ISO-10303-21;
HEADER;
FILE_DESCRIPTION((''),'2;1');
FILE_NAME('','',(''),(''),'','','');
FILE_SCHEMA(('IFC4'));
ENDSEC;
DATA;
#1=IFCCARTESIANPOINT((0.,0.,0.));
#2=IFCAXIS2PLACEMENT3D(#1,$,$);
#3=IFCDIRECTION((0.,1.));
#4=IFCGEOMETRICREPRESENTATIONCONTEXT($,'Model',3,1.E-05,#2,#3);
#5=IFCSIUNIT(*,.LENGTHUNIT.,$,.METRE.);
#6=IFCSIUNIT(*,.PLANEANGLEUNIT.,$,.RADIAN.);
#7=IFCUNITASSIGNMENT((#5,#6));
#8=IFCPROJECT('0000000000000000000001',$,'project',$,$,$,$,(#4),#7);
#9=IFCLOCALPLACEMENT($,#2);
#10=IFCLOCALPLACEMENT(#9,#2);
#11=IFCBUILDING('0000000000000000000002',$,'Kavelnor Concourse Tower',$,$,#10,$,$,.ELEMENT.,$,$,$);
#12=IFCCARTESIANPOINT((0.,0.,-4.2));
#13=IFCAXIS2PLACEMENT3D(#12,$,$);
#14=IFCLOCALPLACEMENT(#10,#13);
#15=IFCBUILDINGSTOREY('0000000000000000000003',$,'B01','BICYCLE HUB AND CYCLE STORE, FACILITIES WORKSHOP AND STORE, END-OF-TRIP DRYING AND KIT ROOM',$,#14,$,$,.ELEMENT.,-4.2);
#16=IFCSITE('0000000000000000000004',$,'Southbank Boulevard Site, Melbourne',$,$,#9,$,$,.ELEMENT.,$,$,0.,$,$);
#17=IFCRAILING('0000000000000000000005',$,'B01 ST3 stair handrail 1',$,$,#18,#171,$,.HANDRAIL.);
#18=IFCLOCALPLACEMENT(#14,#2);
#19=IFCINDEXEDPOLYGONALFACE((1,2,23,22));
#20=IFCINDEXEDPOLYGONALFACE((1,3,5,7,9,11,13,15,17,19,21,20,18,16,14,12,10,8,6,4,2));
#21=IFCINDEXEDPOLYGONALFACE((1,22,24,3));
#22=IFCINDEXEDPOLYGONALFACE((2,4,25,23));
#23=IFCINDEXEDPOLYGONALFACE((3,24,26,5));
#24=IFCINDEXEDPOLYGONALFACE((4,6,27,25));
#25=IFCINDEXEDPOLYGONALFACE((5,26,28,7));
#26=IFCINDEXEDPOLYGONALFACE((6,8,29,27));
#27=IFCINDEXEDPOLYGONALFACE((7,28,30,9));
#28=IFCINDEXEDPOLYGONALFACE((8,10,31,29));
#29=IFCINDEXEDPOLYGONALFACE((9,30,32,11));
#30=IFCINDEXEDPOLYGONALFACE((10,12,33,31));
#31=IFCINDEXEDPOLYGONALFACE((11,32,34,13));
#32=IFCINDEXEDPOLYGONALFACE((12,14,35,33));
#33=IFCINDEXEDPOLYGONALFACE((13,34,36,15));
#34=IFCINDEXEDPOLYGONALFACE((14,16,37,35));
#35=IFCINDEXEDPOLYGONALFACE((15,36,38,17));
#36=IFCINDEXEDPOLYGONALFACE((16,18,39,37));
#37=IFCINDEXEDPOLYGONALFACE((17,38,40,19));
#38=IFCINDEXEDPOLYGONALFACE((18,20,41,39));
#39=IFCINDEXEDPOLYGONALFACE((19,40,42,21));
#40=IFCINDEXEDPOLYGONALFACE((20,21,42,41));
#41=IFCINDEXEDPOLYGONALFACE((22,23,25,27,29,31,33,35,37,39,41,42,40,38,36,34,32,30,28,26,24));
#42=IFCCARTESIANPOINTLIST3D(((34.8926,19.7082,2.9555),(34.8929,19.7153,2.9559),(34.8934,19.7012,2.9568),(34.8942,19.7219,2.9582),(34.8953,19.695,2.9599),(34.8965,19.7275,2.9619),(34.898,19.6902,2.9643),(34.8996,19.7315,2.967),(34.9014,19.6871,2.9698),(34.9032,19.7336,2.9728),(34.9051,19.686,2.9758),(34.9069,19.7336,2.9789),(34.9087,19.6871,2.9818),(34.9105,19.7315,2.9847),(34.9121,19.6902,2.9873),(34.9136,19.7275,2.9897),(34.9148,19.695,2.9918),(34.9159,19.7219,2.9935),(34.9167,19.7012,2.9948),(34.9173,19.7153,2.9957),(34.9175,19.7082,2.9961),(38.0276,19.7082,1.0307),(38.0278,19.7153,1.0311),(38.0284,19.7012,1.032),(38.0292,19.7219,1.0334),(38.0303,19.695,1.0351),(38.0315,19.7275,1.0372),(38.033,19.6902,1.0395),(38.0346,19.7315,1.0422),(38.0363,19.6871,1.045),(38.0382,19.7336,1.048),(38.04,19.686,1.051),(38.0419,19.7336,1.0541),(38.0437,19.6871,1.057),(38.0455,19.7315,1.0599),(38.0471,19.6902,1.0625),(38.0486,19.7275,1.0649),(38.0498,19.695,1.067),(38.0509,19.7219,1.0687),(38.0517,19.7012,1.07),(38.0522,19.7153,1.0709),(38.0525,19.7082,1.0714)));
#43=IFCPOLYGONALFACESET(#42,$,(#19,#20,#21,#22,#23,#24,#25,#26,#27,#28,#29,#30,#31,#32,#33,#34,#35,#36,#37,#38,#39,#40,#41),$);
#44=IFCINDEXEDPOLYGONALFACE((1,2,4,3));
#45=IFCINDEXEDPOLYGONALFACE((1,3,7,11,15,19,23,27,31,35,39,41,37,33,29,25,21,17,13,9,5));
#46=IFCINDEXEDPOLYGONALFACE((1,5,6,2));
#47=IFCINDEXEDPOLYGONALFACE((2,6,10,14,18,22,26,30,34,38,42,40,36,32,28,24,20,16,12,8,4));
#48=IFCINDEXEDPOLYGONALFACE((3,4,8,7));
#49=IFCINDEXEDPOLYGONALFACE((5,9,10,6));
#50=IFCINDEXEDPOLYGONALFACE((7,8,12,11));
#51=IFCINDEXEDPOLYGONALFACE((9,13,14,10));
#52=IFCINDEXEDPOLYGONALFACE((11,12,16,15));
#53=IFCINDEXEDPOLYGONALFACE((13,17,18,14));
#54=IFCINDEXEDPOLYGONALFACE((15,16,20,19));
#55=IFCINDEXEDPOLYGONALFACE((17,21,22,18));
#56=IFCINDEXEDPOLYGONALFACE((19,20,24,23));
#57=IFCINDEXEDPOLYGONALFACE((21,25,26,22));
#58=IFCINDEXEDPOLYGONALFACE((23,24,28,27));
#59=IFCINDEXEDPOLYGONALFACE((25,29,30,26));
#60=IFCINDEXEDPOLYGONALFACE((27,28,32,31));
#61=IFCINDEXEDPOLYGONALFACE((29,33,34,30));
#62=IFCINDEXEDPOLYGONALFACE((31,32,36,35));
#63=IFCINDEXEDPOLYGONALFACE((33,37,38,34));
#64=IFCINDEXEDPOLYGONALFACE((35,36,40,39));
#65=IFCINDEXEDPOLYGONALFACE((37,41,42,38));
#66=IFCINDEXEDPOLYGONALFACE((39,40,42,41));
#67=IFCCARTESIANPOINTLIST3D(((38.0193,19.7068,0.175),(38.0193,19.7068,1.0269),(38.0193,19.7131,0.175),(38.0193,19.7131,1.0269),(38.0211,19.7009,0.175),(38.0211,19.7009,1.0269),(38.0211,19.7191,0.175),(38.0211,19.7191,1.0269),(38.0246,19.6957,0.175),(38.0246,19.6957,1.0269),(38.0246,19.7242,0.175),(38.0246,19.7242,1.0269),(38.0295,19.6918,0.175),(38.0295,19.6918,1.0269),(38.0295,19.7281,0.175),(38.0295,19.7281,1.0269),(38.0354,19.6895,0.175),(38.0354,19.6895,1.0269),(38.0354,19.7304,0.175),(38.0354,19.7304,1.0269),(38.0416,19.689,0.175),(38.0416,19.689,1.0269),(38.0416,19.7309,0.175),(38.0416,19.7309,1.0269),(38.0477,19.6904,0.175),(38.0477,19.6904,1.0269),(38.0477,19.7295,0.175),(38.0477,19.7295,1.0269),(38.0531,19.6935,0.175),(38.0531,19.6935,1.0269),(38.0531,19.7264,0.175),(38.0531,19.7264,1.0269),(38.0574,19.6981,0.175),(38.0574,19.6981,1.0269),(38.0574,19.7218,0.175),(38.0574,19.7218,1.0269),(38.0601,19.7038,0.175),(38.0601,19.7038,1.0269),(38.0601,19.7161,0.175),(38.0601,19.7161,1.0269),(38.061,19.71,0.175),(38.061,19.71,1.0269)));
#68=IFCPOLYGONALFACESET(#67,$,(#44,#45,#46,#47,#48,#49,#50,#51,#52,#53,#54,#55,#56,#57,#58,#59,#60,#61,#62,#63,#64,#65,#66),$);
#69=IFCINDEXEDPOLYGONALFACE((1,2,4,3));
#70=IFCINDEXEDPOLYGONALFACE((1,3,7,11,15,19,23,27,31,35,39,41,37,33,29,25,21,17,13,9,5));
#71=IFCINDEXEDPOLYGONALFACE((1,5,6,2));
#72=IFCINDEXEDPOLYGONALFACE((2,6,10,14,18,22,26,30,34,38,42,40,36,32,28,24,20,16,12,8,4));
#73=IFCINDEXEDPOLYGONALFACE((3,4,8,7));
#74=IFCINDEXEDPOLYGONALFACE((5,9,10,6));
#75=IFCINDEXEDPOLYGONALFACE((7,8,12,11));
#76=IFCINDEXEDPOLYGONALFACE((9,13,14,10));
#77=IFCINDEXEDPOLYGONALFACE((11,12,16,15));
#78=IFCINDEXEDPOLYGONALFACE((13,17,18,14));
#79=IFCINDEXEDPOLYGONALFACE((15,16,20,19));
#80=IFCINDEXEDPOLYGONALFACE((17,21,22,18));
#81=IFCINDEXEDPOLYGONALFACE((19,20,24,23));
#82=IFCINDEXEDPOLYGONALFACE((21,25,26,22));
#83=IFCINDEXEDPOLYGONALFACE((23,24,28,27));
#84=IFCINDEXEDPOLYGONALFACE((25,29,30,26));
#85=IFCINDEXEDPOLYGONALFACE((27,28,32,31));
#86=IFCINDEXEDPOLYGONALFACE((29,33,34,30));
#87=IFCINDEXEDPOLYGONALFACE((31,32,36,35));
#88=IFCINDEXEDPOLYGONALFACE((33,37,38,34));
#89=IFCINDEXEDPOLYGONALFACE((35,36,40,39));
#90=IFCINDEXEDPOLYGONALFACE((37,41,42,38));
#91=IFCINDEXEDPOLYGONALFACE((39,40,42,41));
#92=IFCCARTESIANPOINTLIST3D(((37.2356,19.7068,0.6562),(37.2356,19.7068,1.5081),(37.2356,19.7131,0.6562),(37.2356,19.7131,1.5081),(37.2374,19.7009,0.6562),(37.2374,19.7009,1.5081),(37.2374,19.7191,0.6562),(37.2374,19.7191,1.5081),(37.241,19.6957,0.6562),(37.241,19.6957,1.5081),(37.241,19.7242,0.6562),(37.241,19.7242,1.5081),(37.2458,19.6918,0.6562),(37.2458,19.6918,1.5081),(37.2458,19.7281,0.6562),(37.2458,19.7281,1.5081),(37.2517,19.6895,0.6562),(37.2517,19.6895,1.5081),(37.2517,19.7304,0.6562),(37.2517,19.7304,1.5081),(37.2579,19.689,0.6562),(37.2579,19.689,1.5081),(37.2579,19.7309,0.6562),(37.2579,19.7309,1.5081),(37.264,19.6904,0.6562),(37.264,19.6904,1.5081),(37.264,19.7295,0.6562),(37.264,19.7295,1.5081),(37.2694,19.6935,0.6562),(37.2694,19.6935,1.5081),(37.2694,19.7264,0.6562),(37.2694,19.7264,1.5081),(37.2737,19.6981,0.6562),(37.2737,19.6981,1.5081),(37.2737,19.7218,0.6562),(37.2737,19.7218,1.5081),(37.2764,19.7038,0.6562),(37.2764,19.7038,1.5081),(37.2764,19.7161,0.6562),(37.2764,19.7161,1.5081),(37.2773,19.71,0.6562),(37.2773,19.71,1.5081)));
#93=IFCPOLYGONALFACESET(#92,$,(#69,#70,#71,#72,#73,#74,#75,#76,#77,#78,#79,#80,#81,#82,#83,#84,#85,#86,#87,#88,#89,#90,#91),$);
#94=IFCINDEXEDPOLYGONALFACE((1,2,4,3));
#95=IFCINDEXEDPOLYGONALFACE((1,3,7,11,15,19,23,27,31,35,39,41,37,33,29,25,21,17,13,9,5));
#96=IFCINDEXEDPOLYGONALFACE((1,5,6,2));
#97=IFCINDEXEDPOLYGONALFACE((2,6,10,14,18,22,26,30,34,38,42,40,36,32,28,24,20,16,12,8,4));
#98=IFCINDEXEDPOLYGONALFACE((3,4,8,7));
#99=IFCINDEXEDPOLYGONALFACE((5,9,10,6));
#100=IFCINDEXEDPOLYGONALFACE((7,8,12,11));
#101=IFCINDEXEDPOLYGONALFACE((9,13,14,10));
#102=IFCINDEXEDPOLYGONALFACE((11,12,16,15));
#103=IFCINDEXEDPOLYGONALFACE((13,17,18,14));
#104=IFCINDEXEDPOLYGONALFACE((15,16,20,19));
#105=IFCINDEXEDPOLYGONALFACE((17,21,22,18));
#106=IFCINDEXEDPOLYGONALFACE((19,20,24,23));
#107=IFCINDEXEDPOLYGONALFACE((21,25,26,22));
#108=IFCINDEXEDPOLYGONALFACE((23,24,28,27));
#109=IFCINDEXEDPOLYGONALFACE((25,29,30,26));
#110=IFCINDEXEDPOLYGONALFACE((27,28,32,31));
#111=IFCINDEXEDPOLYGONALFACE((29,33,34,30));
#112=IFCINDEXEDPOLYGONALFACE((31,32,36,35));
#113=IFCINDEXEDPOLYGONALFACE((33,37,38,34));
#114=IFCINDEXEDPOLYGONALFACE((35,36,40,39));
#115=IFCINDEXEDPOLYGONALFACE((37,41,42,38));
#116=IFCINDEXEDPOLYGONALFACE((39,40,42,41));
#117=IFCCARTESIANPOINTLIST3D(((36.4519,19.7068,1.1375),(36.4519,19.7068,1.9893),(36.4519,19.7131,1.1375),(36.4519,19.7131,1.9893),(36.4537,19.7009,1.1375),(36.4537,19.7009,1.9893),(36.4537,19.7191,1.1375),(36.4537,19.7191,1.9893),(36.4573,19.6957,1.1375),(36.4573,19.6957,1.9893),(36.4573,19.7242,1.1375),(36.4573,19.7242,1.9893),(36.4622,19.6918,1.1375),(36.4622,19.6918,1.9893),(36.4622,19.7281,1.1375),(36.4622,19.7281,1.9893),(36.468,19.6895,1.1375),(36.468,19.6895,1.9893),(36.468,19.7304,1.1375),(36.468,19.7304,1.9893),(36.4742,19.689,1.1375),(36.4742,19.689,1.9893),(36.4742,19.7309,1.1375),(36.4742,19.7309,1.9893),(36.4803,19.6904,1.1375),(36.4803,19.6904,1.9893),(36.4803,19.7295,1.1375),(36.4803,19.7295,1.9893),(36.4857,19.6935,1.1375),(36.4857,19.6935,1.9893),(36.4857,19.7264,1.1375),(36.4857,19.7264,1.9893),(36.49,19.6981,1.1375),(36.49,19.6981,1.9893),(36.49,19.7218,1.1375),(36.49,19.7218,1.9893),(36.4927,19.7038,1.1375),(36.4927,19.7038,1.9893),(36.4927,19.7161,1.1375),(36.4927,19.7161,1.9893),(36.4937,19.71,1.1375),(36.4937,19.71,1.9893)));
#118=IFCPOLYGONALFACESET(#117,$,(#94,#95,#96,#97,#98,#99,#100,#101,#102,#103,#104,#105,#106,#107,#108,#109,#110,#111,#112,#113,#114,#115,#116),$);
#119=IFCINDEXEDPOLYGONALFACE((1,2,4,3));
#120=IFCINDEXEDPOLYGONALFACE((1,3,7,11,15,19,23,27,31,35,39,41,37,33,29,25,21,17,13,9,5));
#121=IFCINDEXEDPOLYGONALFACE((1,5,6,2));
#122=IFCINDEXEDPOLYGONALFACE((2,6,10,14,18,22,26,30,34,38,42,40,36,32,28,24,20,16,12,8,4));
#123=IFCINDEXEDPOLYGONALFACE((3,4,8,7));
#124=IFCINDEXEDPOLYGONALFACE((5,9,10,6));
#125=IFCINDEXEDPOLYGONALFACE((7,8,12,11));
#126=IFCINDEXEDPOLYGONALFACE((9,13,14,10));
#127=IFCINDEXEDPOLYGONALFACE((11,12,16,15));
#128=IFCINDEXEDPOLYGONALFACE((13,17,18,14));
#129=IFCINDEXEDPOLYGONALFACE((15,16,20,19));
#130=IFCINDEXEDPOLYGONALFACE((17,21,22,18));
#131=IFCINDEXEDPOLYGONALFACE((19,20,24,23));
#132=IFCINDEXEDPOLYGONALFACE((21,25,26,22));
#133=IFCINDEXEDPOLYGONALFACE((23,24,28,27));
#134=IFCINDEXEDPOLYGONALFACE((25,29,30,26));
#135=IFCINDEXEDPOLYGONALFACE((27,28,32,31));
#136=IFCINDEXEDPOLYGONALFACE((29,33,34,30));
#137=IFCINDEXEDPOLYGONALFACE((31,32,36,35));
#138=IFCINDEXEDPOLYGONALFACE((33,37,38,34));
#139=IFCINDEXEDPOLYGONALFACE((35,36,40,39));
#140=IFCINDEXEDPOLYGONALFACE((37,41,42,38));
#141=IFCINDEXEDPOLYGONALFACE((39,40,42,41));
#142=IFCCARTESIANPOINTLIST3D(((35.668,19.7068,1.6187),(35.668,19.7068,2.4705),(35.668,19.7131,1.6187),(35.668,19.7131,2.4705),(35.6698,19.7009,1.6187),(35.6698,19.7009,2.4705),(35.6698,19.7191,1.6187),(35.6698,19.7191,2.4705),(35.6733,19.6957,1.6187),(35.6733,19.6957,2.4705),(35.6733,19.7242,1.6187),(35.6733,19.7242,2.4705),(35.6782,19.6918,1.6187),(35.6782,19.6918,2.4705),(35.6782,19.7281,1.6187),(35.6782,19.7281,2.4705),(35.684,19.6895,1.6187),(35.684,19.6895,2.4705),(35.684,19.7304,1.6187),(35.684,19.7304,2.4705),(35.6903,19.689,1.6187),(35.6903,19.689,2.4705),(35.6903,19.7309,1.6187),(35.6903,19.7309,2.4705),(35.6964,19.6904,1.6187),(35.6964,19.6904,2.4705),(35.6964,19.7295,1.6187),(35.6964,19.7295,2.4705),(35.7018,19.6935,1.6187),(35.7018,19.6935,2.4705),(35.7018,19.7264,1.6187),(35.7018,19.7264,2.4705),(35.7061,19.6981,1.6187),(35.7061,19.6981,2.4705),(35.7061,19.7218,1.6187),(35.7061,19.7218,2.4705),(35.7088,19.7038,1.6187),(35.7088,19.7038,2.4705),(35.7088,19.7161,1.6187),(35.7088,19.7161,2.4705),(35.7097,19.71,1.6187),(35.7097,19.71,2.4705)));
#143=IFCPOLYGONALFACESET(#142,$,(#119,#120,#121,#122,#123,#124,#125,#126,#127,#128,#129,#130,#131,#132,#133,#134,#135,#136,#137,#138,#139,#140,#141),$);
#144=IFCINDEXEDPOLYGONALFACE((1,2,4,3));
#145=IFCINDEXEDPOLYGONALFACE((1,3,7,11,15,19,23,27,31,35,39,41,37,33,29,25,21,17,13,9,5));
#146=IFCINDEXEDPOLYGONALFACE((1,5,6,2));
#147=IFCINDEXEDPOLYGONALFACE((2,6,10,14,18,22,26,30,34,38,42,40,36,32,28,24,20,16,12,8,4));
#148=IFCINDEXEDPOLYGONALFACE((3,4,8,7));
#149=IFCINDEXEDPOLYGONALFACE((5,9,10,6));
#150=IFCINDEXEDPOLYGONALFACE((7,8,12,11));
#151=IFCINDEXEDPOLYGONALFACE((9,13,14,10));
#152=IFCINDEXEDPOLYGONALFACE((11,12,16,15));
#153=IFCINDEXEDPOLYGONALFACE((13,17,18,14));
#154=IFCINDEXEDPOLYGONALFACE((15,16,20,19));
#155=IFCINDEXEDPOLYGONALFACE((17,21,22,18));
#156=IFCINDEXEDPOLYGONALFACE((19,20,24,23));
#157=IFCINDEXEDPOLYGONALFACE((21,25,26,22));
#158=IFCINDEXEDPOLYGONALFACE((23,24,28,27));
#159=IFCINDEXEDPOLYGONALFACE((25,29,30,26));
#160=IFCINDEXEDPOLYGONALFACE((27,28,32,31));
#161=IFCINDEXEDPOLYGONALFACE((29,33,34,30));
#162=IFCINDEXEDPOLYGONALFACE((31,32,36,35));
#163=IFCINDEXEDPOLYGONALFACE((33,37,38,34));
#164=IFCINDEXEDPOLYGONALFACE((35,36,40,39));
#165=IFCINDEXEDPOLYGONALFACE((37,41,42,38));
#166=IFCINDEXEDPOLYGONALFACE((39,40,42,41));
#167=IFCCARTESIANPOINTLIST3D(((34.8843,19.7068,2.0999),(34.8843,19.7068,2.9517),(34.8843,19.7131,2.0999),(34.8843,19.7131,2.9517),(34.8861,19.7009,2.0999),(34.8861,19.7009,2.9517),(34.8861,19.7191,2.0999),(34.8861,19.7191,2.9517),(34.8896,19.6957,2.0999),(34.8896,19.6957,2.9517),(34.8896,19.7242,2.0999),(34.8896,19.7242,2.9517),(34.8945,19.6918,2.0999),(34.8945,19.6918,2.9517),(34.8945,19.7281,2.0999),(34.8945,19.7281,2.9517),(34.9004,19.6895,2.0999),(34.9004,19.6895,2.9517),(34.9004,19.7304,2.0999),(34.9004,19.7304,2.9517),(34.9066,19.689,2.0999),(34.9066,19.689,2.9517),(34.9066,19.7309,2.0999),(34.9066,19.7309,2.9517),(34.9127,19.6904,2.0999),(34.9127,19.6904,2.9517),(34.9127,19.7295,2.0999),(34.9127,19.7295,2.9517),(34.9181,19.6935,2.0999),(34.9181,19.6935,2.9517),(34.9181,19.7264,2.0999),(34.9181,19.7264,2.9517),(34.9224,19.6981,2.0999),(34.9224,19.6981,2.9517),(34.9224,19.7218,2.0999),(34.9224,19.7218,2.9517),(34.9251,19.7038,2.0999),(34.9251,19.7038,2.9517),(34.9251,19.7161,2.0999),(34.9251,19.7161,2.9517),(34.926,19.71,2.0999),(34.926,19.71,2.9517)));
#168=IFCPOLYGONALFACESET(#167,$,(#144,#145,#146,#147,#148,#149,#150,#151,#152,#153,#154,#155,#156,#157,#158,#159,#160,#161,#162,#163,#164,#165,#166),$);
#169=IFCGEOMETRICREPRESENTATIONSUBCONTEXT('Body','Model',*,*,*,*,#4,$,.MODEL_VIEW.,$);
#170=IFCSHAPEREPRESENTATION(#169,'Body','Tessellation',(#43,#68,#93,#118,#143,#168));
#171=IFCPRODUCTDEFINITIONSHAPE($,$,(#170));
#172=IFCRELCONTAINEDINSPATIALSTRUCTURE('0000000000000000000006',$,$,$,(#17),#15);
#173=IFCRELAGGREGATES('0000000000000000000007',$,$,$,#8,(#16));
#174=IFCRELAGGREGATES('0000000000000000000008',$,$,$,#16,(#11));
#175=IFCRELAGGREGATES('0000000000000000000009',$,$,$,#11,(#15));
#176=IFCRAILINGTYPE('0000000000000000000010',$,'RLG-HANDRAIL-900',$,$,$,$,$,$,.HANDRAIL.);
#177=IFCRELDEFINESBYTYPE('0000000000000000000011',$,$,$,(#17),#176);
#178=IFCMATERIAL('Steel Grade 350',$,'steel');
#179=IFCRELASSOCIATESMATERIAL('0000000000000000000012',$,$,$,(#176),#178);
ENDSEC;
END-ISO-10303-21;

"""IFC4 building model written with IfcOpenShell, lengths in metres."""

from ifc_helpers import new_model, si_unit, direction, frame, origin, origin_2d, place, context, subcontext, project, spatial, circle, extrude, material, type_object, element, save


model = new_model("IFC4")

# Units and contexts
model_context = context("Model", 3, precision=1e-05, world=origin(), true_north=direction((0.0, 1.0)))
body_context = subcontext(model_context, "Body", "Model", "MODEL_VIEW")
ifc_project = project(units=[si_unit("LENGTHUNIT", "METRE"), si_unit("PLANEANGLEUNIT", "RADIAN")], contexts=[model_context])

# Site, building, storey
site_placement = place(None, origin())
site = spatial("IfcSite", under=ifc_project, at=site_placement, Name="Southbank Boulevard Site, Melbourne", CompositionType="ELEMENT", RefElevation=0.0)
building_placement = place(site_placement, origin())
building = spatial("IfcBuilding", under=site, at=building_placement, Name="Kavelnor Concourse Tower", CompositionType="ELEMENT")
storey_placement = place(building_placement, frame((0.0, 0.0, -4.2)))
storey = spatial("IfcBuildingStorey", under=building, at=storey_placement, Name="B01", Description="BICYCLE HUB AND CYCLE STORE, FACILITIES WORKSHOP AND STORE, END-OF-TRIP DRYING AND KIT ROOM", CompositionType="ELEMENT", Elevation=-4.2)

# Shared definitions
ifc_material_1 = material(Name="Steel Grade 350", Category="steel")

# Railing
railing_type_1 = type_object("IfcRailingType", Name="RLG-HANDRAIL-900", PredefinedType="HANDRAIL", material=ifc_material_1)
railing_1_placement = place(storey_placement, frame((38.04, 19.71, 0.175)))
element("IfcRailing", 1, at=railing_1_placement, inside=storey, type_object=railing_type_1, Name="B01 ST3 stair handrail 1", PredefinedType="HANDRAIL", context=body_context, shape_type="SweptSolid", body=[
    extrude(circle(Radius=0.0239, at=origin_2d()), frame((0.0, 0.0, 0.876), z_axis=(-0.852196, 0.0, 0.523223), x_axis=(0.0, -1.0, 0.0)), (0.0, 0.0, 1.0), 3.6787),
    extrude(circle(Radius=0.021, at=origin_2d()), origin(), (0.0, 0.0, 1.0), 0.8518),
    extrude(circle(Radius=0.021, at=origin_2d()), frame((-0.7837, 0.0, 0.4812)), (0.0, 0.0, 1.0), 0.8518),
    extrude(circle(Radius=0.021, at=origin_2d()), frame((-1.5674, 0.0, 0.9624)), (0.0, 0.0, 1.0), 0.8518),
    extrude(circle(Radius=0.021, at=origin_2d()), frame((-2.3513, 0.0, 1.4436)), (0.0, 0.0, 1.0), 0.8518),
    extrude(circle(Radius=0.021, at=origin_2d()), frame((-3.135, 0.0, 1.9248)), (0.0, 0.0, 1.0), 0.8518),
])

save(model, "model.ifc")
